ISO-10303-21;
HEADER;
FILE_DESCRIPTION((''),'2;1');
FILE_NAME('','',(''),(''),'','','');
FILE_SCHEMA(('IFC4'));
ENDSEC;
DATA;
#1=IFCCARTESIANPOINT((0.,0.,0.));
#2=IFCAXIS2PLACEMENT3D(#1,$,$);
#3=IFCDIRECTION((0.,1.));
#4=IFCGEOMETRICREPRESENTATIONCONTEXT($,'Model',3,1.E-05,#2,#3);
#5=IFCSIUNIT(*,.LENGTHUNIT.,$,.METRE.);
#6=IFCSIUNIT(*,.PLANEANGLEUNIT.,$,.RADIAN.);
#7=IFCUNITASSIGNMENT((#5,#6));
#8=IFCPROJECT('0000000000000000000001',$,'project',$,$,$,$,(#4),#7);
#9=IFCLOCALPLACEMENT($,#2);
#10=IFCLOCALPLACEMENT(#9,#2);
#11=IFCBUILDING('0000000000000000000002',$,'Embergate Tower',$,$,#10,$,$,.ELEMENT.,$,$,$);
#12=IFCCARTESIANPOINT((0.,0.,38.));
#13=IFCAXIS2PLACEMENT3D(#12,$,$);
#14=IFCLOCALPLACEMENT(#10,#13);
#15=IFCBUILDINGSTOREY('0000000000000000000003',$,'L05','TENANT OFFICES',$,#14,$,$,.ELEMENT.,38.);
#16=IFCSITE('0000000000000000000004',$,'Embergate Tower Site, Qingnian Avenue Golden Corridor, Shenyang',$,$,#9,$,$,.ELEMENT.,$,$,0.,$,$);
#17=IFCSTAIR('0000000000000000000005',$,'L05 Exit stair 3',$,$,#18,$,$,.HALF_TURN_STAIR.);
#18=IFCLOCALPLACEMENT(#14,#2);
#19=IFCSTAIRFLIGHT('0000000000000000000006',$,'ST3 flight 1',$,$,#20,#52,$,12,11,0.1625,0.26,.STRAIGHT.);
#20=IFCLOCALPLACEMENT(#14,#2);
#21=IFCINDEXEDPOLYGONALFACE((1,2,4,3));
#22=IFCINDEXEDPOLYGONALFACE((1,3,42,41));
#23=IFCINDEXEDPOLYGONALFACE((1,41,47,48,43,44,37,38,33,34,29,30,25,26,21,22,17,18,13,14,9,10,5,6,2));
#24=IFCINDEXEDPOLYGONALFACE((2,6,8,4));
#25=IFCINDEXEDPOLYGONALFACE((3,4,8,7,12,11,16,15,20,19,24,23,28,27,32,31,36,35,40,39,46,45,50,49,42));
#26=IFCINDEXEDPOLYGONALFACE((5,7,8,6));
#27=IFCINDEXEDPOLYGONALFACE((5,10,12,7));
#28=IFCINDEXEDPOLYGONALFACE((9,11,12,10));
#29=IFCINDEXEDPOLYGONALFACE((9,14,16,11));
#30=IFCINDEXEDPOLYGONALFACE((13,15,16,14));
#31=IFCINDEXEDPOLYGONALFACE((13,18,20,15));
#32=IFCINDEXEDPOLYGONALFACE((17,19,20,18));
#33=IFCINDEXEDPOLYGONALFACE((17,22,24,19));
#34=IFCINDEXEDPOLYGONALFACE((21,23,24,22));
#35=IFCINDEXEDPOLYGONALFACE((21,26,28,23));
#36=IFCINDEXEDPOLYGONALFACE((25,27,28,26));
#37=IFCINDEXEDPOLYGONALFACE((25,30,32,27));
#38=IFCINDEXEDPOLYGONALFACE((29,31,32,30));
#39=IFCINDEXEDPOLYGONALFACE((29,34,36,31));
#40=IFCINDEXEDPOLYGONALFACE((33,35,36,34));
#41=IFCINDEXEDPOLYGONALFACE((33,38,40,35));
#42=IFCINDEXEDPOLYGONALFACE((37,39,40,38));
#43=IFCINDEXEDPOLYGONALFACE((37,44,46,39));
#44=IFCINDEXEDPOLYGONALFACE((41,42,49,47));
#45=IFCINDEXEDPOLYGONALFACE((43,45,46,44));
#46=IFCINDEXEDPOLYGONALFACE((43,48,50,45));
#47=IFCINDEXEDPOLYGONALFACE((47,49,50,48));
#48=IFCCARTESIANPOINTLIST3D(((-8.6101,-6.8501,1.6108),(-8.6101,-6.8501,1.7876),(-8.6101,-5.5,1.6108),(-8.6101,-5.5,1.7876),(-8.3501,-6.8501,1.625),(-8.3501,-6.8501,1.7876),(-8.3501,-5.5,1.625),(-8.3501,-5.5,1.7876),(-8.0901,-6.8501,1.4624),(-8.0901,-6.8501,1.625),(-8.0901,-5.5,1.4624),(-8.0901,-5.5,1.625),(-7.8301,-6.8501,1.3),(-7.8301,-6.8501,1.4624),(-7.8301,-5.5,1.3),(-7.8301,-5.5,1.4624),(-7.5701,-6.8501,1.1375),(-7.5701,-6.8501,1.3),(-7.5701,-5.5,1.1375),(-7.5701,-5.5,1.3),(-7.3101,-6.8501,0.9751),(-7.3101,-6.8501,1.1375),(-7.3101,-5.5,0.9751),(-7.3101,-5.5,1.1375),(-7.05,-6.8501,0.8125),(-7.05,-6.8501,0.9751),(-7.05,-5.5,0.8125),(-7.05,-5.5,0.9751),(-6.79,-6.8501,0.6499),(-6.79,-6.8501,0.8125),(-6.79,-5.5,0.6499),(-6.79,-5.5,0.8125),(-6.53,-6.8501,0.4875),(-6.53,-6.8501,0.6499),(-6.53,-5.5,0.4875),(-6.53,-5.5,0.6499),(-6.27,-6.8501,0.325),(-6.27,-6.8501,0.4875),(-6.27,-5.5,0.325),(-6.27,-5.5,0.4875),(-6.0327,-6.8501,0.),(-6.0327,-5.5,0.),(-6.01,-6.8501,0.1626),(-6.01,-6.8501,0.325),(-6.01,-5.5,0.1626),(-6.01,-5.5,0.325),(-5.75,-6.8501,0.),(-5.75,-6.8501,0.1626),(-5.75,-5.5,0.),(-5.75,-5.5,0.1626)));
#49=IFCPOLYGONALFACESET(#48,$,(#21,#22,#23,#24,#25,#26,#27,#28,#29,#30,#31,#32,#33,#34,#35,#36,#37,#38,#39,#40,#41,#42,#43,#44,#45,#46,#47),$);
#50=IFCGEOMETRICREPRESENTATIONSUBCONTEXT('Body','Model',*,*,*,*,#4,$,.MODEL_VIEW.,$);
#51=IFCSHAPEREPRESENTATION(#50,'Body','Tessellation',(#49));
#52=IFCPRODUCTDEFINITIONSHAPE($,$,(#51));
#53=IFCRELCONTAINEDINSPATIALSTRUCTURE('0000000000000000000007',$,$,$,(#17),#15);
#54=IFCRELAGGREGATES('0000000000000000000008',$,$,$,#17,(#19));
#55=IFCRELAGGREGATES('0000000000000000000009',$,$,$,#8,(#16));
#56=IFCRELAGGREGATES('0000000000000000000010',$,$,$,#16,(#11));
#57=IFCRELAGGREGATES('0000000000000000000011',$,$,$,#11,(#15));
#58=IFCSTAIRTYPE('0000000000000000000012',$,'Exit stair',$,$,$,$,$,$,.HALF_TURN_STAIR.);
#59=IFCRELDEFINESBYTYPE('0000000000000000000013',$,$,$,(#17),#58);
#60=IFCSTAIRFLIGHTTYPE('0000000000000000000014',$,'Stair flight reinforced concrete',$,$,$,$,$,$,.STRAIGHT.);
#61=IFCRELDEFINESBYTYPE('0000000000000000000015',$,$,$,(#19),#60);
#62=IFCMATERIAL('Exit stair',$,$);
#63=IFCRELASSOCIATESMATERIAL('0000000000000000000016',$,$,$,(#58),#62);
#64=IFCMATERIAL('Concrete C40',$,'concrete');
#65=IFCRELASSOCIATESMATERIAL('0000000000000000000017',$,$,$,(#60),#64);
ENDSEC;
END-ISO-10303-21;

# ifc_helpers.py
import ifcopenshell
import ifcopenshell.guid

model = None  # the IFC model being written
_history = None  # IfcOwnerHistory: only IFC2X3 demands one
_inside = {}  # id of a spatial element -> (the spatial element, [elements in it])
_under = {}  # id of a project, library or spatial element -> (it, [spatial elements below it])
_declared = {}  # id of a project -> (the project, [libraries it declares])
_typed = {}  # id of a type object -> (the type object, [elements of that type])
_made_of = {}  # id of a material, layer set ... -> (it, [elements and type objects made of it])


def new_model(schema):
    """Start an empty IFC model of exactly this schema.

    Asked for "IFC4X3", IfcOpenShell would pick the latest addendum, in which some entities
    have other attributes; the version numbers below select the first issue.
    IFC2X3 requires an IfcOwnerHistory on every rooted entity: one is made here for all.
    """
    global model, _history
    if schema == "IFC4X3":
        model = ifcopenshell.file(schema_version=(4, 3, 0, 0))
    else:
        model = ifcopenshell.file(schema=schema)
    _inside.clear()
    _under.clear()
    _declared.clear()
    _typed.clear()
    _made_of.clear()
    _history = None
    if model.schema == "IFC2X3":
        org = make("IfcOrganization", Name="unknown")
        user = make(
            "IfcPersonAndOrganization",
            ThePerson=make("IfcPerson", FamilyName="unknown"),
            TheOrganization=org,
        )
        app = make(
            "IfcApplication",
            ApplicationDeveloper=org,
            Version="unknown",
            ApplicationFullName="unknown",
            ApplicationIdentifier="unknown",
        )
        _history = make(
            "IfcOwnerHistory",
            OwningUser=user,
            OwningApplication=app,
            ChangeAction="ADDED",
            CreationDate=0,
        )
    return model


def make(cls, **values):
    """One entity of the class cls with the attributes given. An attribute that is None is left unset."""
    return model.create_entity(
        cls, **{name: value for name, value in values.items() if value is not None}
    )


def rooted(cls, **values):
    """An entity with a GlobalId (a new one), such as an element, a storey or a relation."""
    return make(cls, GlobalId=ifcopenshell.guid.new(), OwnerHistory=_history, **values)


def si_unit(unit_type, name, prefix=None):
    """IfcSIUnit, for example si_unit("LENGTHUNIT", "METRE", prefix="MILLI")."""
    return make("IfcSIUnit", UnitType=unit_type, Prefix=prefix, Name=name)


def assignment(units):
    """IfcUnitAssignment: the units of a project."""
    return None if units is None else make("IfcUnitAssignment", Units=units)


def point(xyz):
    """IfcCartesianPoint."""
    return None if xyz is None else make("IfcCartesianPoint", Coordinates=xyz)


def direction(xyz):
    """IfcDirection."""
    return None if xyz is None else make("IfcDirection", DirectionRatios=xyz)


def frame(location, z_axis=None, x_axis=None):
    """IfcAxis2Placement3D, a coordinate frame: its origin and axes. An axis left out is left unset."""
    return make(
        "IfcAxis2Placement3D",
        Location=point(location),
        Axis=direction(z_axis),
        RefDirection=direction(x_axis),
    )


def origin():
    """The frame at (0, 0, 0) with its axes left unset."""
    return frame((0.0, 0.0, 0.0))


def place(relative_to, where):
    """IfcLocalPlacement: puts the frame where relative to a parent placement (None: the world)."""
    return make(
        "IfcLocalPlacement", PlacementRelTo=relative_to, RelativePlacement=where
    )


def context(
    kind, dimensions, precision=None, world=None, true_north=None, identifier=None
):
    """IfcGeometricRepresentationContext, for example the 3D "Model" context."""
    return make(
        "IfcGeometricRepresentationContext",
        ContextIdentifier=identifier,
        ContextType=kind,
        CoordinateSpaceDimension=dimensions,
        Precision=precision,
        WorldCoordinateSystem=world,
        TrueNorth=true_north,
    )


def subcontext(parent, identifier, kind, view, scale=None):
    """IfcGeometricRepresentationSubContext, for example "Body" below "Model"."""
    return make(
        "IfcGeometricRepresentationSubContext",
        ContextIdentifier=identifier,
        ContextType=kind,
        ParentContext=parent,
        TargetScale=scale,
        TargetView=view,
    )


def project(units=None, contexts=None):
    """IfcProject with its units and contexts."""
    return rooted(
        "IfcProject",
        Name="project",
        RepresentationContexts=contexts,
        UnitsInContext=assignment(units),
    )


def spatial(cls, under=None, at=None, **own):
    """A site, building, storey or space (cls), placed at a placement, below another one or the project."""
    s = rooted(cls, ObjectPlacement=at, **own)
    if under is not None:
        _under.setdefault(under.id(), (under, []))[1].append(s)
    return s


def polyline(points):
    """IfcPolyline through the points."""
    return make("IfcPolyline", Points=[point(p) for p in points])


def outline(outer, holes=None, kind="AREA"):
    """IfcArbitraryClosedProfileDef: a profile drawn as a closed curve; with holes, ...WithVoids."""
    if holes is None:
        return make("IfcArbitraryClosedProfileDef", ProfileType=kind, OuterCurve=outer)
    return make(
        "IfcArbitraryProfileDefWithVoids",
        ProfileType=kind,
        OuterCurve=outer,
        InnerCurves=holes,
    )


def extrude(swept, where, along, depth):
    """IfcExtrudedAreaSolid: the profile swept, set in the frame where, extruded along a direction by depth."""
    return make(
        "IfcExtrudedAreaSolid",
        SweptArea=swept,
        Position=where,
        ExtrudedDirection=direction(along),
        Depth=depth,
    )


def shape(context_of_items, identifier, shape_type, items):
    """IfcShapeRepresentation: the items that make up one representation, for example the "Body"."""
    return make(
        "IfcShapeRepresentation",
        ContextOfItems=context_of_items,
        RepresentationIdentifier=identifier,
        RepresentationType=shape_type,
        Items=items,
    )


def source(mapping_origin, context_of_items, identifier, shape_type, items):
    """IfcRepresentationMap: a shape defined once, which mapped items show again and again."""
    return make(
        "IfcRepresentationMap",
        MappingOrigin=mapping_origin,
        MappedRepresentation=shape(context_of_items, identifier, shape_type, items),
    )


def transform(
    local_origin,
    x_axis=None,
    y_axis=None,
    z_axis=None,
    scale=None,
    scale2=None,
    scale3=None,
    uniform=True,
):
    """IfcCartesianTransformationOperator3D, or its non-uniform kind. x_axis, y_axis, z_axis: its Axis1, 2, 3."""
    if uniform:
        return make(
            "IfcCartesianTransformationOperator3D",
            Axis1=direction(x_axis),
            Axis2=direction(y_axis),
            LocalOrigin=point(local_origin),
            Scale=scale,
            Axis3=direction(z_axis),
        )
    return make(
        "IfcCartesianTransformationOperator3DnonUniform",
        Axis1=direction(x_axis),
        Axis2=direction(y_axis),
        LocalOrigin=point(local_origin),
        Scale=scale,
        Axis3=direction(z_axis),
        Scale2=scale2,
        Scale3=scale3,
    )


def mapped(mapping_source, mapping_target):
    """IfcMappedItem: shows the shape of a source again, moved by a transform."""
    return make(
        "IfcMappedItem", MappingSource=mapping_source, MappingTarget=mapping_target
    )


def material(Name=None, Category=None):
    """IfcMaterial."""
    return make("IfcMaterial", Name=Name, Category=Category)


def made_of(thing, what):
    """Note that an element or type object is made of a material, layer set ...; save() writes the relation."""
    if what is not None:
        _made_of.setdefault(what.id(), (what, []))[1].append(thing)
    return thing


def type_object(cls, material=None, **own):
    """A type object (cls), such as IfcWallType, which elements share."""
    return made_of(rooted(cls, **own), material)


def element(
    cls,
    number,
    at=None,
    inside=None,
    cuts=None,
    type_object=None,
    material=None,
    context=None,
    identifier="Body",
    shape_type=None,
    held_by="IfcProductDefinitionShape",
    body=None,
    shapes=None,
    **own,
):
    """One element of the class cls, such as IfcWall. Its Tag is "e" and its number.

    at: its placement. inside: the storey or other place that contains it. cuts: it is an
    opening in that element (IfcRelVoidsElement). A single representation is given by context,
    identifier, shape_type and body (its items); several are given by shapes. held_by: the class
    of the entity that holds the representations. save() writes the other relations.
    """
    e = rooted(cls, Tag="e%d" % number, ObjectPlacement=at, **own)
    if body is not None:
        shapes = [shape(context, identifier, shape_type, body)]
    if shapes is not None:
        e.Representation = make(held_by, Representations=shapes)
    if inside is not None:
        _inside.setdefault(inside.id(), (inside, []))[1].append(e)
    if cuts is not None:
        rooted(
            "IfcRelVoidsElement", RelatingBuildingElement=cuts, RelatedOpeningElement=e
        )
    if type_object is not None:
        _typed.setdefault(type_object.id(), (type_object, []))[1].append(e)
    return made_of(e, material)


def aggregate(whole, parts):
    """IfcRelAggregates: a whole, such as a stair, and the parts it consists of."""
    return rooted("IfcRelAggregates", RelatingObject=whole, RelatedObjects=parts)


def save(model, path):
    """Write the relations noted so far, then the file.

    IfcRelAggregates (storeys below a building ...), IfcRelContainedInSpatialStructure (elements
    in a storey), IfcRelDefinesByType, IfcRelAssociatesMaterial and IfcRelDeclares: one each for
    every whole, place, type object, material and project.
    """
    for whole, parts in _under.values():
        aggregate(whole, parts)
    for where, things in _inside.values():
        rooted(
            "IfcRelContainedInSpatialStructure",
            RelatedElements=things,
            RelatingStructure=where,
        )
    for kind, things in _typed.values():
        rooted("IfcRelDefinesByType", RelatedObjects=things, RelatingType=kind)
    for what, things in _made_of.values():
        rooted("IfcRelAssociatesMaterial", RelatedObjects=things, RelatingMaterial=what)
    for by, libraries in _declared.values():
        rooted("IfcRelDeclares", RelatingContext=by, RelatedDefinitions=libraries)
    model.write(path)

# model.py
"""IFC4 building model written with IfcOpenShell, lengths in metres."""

from ifc_helpers import new_model, si_unit, direction, frame, origin, place, context, subcontext, project, spatial, polyline, outline, extrude, source, transform, mapped, material, type_object, element, aggregate, save


model = new_model("IFC4")

# Units and contexts
model_context = context("Model", 3, precision=1e-05, world=origin(), true_north=direction((0.0, 1.0)))
body_context = subcontext(model_context, "Body", "Model", "MODEL_VIEW")
ifc_project = project(units=[si_unit("LENGTHUNIT", "METRE"), si_unit("PLANEANGLEUNIT", "RADIAN")], contexts=[model_context])

# Site, building, storey
site_placement = place(None, origin())
site = spatial("IfcSite", under=ifc_project, at=site_placement, Name="Embergate Tower Site, Qingnian Avenue Golden Corridor, Shenyang", CompositionType="ELEMENT", RefElevation=0.0)
building_placement = place(site_placement, origin())
building = spatial("IfcBuilding", under=site, at=building_placement, Name="Embergate Tower", CompositionType="ELEMENT")
storey_placement = place(building_placement, frame((0.0, 0.0, 38.0)))
storey = spatial("IfcBuildingStorey", under=building, at=storey_placement, Name="L05", Description="TENANT OFFICES", CompositionType="ELEMENT", Elevation=38.0)

# Stair, stair flight
ifc_material_1 = material(Name="Exit stair")
stair_type = type_object("IfcStairType", Name="Exit stair", PredefinedType="HALF_TURN_STAIR", material=ifc_material_1)
stair_placement = place(storey_placement, origin())
stair = element("IfcStair", 1, at=stair_placement, inside=storey, type_object=stair_type, Name="L05 Exit stair 3", PredefinedType="HALF_TURN_STAIR")
ifc_material_2 = material(Name="Concrete C40", Category="concrete")
stair_flight_type = type_object("IfcStairFlightType", Name="Stair flight reinforced concrete", PredefinedType="STRAIGHT", material=ifc_material_2)
shared_shape_1 = source(origin(), body_context, "Body", "SweptSolid", [
    extrude(outline(polyline([(0.0, 0.0), (0.0, 0.1626), (0.26, 0.1626), (0.26, 0.325), (0.52, 0.325), (0.52, 0.4875), (0.78, 0.4875), (0.78, 0.6499), (1.04, 0.6499), (1.04, 0.8125), (1.3, 0.8125), (1.3, 0.9751), (1.5601, 0.9751), (1.5601, 1.1375), (1.8201, 1.1375), (1.8201, 1.3), (2.0801, 1.3), (2.0801, 1.4624), (2.3401, 1.4624), (2.3401, 1.625), (2.6001, 1.625), (2.6001, 1.7876), (2.8601, 1.7876), (2.8601, 1.95), (2.8601, 1.6108), (0.2827, 0.0), (0.0, 0.0)])), frame((0.0, 0.675, 0.0), z_axis=(0.0, -1.0, 0.0), x_axis=(1.0, 0.0, 0.0)), (0.0, 0.0, 1.0), 1.3501),
])
stair_flight_placement = place(storey_placement, frame((-5.75, -6.175, 0.0), z_axis=(0.0, 0.0, 1.0), x_axis=(-1.0, 0.0, 0.0)))
stair_flight = element("IfcStairFlight", 2, at=stair_flight_placement, type_object=stair_flight_type, Name="ST3 flight 1", NumberOfRisers=12, NumberOfTreads=11, PredefinedType="STRAIGHT", RiserHeight=0.1625, TreadLength=0.26, context=body_context, shape_type="MappedRepresentation", body=[
    mapped(shared_shape_1, transform((0.0, 0.0, 0.0))),
])
aggregate(stair, [stair_flight])

save(model, "model.ifc")
